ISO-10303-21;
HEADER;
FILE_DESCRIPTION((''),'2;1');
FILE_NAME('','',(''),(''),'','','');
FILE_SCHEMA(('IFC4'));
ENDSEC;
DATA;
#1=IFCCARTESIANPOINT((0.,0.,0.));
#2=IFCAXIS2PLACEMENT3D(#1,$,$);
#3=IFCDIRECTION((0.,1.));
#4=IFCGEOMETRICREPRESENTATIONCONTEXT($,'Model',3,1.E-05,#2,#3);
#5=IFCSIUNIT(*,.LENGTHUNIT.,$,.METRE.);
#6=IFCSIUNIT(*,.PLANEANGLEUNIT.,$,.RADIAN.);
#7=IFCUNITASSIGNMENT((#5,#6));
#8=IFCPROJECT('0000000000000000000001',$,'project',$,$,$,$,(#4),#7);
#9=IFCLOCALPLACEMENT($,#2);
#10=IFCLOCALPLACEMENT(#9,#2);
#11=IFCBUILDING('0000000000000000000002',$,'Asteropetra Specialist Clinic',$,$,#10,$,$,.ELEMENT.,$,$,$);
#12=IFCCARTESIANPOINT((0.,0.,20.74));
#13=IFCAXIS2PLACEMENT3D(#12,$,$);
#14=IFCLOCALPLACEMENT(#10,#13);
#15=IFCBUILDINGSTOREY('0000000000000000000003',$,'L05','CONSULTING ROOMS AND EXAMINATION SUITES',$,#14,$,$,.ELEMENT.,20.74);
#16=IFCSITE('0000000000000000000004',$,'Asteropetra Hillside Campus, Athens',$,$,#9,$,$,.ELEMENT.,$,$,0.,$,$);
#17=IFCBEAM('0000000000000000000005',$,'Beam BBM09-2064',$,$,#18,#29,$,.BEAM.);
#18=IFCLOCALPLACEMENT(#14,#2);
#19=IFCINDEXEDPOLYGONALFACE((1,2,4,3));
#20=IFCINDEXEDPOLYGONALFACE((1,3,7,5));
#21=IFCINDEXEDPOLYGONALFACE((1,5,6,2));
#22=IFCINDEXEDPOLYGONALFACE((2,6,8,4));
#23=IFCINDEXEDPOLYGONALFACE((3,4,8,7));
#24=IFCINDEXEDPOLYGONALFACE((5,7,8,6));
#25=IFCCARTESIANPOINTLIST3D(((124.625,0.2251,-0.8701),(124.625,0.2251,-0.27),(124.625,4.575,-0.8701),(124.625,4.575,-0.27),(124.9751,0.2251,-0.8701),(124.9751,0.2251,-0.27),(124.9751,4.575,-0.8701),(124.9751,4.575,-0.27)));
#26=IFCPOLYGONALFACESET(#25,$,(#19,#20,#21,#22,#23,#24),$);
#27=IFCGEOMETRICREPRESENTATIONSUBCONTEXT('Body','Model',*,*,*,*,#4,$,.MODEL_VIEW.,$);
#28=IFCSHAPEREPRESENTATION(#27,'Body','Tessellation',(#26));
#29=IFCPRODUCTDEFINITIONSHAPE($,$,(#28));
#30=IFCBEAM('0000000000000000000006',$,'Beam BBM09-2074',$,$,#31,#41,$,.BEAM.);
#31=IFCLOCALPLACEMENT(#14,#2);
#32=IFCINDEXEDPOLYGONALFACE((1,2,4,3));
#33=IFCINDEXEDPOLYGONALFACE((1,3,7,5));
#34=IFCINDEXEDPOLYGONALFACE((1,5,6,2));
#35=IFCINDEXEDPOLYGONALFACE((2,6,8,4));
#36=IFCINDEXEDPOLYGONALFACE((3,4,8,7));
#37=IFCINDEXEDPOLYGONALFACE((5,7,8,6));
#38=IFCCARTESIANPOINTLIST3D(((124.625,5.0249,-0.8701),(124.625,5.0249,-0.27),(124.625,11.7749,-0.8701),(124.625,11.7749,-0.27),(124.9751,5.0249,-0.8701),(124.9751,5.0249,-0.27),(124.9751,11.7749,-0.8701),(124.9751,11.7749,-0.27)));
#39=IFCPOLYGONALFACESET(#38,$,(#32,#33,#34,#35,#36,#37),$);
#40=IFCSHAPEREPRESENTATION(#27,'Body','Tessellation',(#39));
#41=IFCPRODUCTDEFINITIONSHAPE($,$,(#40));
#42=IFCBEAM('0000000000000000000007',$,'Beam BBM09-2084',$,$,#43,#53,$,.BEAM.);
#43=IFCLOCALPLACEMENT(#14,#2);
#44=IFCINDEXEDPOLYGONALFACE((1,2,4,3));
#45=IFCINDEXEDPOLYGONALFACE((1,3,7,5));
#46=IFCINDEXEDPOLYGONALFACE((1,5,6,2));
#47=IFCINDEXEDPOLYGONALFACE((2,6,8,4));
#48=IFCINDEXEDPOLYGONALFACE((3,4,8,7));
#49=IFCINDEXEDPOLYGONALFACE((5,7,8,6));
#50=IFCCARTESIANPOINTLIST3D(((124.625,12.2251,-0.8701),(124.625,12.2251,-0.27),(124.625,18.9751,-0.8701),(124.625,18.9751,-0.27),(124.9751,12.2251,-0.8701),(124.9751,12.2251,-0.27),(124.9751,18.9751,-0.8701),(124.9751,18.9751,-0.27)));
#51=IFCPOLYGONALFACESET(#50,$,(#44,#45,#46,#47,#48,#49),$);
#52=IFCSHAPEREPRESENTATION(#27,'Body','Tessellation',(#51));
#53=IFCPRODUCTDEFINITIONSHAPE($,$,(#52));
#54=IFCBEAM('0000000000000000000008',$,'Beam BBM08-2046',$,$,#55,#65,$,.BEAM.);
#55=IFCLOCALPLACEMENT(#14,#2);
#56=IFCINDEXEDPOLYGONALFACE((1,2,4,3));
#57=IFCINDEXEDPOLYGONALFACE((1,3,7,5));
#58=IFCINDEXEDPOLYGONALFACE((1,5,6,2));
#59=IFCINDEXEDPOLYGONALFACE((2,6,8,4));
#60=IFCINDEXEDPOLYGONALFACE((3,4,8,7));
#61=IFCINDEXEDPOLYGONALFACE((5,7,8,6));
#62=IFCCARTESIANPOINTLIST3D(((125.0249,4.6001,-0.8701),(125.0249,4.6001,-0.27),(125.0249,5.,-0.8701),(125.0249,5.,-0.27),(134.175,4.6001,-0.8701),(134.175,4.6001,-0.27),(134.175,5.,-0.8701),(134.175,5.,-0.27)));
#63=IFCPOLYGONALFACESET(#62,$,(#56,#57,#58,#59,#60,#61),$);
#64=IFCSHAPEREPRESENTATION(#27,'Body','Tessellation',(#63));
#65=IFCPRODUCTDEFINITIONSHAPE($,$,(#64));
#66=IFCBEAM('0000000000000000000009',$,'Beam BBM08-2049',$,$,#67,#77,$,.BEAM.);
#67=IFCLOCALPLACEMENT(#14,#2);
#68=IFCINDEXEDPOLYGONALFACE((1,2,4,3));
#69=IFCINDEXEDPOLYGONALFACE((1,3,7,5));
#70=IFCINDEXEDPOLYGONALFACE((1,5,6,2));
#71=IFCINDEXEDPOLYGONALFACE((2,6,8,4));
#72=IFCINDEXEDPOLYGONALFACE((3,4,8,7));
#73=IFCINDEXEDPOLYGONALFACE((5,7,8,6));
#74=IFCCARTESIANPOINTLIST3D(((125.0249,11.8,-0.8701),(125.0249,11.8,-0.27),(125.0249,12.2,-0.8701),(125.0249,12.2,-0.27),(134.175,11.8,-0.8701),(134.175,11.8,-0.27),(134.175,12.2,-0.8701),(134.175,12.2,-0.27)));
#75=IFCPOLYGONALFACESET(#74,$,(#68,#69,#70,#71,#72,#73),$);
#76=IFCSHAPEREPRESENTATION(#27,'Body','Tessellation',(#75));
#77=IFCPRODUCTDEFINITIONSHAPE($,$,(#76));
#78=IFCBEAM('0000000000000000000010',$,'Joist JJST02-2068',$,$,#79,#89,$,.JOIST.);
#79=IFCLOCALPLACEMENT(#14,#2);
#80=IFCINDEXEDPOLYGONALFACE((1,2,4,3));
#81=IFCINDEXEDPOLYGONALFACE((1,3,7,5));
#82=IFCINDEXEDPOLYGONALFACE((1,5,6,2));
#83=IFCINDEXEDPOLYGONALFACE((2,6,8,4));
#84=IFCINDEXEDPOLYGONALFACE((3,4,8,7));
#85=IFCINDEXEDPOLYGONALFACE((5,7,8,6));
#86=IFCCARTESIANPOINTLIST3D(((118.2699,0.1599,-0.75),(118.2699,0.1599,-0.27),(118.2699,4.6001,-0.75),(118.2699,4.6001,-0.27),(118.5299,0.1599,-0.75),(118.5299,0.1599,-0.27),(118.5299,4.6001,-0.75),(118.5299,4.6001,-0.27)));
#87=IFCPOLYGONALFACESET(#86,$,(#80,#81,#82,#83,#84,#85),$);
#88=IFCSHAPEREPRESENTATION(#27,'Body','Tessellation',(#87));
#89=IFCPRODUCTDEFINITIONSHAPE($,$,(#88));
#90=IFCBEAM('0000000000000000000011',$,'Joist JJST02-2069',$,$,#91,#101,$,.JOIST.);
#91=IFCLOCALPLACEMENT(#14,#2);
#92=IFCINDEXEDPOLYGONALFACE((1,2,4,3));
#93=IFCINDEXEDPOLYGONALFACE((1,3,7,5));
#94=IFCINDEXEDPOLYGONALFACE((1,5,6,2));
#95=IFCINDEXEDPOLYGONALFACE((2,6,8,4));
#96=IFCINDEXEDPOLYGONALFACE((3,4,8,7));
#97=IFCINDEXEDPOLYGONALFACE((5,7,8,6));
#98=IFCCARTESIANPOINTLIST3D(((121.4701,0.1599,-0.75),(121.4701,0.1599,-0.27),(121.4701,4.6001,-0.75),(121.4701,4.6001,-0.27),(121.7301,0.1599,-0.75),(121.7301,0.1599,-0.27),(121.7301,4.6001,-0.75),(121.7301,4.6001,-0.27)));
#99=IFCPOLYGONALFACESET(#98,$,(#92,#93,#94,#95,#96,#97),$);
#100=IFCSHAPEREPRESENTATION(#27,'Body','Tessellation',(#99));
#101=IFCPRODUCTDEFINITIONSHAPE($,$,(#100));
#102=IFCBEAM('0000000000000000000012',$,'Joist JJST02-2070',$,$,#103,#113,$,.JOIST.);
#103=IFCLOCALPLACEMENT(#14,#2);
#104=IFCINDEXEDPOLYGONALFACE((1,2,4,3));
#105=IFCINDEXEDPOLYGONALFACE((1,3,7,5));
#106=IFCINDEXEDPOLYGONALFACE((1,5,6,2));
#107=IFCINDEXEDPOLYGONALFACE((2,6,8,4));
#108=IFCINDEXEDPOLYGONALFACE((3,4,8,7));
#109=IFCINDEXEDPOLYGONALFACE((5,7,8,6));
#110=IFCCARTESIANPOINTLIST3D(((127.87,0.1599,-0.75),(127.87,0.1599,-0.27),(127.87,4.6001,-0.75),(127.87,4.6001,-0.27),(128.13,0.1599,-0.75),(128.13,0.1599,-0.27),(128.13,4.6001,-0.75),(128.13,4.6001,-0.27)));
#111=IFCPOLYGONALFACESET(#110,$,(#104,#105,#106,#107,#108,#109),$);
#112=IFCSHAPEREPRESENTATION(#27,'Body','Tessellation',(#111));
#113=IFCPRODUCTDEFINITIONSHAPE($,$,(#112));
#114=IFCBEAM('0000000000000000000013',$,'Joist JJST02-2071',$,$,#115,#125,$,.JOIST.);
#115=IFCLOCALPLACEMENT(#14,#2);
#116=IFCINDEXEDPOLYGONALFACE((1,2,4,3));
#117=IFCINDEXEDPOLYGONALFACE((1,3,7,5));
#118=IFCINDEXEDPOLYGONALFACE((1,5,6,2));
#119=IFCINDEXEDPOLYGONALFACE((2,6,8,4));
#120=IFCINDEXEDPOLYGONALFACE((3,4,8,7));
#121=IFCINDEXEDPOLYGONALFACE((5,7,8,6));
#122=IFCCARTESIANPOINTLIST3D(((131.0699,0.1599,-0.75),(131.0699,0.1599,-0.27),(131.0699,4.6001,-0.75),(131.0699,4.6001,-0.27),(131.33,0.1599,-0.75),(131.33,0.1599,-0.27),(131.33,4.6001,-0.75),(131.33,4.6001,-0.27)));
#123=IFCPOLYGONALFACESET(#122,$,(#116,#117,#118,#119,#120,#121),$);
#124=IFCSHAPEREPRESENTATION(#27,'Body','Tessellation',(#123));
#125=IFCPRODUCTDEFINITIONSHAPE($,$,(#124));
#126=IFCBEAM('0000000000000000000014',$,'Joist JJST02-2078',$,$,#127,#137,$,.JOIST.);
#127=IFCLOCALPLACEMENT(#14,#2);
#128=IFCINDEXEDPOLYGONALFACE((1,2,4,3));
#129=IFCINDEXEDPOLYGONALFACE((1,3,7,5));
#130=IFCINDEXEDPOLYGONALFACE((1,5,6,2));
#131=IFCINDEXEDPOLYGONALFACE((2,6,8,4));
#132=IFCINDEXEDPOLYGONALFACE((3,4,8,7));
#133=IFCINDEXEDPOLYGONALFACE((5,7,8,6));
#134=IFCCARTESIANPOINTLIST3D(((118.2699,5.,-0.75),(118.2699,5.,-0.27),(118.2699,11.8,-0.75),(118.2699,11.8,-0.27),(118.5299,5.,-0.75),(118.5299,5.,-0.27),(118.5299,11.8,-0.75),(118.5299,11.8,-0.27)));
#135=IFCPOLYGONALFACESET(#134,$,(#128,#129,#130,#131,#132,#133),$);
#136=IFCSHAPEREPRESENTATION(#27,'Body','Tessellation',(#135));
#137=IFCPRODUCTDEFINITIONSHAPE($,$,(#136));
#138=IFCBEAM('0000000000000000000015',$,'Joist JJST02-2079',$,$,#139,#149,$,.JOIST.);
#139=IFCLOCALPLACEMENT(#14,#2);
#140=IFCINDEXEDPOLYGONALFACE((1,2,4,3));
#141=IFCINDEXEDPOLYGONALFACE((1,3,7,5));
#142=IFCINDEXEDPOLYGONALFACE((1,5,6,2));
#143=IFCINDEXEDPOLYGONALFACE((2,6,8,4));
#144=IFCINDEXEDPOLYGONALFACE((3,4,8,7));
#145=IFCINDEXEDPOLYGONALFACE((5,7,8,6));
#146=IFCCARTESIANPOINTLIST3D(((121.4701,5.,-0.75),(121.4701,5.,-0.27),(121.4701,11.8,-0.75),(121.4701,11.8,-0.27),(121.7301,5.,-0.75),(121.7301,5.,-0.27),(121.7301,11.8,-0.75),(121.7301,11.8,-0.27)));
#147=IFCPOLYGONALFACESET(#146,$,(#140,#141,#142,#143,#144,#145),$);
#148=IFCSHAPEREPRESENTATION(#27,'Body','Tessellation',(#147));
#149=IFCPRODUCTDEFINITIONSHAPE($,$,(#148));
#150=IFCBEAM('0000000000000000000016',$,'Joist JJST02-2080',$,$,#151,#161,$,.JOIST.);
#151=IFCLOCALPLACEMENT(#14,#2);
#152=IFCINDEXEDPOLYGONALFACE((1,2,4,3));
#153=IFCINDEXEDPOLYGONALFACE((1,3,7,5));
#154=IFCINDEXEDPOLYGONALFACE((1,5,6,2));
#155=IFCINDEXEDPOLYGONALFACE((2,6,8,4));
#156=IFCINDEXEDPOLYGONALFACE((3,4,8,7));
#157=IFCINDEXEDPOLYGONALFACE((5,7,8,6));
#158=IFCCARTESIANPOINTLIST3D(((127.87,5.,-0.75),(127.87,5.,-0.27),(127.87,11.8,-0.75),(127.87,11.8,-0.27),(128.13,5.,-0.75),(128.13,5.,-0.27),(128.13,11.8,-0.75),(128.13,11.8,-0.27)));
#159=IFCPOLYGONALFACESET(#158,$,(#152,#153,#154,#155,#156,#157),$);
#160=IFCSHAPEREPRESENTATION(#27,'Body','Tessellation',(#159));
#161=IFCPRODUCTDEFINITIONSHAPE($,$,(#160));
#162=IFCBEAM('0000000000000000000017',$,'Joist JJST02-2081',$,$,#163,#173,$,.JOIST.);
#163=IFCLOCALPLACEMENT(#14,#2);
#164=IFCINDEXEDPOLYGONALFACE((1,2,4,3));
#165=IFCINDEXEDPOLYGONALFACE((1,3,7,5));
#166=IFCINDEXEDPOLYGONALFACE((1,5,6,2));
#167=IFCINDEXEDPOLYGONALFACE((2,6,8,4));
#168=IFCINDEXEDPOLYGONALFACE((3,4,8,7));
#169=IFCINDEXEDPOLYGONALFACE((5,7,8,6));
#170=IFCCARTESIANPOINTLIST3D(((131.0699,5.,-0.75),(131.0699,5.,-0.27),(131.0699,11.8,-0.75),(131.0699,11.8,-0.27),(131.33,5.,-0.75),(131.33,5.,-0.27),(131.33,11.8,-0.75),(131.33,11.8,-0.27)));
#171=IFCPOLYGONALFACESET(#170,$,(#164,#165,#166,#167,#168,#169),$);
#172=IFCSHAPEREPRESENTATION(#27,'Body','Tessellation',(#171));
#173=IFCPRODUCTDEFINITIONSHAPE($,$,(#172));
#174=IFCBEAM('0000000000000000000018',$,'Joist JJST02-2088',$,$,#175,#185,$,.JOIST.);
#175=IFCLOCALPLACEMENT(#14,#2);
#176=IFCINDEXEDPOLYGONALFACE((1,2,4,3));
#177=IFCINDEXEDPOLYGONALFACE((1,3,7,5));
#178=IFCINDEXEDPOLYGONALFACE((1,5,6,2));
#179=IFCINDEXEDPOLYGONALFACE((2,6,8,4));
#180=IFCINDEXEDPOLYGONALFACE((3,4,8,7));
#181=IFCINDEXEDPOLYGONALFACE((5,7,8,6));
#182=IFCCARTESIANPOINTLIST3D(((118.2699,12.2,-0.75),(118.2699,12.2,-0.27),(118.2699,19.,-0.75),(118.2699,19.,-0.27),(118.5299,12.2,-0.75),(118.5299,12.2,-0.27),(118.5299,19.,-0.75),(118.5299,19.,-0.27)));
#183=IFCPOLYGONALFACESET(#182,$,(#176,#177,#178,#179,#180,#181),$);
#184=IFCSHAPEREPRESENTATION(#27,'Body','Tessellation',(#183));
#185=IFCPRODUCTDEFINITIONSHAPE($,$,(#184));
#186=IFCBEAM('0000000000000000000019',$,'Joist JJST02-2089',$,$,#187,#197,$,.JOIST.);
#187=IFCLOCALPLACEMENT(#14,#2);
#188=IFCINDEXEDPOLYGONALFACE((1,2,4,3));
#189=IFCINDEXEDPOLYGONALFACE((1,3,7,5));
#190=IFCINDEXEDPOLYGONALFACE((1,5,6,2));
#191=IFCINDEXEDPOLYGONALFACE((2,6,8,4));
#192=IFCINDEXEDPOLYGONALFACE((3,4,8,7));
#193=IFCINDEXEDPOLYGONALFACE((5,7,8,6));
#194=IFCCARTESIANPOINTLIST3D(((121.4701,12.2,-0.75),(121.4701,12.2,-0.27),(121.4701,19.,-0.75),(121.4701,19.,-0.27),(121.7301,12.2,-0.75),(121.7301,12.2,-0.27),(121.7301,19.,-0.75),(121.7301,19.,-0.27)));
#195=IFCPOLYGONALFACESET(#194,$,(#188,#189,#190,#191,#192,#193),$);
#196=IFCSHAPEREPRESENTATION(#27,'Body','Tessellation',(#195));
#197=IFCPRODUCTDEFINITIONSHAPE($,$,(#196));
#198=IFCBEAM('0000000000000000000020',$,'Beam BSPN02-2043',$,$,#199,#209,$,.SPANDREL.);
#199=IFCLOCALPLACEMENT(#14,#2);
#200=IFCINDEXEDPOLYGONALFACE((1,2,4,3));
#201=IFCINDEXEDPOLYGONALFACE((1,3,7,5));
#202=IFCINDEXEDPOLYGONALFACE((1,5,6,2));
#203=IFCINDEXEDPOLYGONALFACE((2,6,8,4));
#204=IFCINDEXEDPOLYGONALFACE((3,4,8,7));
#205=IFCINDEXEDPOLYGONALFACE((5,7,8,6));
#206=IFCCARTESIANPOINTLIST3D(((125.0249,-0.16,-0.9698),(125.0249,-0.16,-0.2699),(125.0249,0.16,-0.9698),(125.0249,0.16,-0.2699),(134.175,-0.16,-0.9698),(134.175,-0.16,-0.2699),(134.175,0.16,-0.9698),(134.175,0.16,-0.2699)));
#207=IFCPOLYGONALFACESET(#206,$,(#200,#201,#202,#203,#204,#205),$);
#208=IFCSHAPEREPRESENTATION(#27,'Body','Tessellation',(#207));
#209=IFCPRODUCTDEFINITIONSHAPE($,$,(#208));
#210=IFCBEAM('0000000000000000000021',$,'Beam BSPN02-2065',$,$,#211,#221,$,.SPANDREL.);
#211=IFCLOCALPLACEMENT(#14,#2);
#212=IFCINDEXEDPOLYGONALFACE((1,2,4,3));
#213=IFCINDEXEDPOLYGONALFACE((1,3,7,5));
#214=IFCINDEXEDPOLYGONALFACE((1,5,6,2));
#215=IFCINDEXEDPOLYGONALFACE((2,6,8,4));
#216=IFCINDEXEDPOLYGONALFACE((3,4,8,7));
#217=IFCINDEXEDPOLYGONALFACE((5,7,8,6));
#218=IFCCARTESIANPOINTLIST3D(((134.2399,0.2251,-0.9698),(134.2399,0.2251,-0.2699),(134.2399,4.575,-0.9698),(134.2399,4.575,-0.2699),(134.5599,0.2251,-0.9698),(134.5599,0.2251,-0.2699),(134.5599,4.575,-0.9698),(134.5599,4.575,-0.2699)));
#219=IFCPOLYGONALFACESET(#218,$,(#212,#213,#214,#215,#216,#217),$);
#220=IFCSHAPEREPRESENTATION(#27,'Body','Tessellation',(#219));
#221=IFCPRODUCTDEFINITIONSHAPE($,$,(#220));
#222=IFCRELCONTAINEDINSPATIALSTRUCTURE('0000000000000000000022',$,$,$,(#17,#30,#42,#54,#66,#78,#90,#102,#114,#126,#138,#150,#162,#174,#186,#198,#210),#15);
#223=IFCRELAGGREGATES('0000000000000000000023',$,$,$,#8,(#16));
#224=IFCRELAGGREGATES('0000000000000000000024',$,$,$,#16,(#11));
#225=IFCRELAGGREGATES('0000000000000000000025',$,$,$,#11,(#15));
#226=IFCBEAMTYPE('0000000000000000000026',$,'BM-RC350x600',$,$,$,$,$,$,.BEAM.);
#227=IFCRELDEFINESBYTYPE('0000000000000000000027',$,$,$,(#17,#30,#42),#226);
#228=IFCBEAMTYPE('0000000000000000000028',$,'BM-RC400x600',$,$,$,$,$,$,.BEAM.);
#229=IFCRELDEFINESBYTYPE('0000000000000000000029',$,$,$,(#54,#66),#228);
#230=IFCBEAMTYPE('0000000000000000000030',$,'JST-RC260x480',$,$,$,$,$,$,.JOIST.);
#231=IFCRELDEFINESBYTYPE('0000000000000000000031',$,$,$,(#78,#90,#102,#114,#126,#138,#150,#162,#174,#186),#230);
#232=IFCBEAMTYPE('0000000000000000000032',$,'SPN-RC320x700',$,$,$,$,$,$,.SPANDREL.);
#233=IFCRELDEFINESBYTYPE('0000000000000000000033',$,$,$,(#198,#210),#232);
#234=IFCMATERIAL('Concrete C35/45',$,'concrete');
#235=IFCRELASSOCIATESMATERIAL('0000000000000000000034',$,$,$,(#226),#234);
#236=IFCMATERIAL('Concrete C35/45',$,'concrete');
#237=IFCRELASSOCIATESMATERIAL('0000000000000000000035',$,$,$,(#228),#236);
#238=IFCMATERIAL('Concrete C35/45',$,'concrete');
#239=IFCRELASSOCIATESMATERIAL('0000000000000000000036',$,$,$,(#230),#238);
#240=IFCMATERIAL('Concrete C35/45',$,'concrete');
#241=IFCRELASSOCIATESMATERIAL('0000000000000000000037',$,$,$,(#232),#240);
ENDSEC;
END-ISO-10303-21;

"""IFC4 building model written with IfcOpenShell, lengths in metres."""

from ifc_helpers import new_model, si_unit, direction, frame, origin, origin_2d, place, context, subcontext, project, spatial, rectangle, extrude, material, material_profile, profile_set, type_object, element, save


model = new_model("IFC4")

# Units and contexts
model_context = context("Model", 3, precision=1e-05, world=origin(), true_north=direction((0.0, 1.0)))
body_context = subcontext(model_context, "Body", "Model", "MODEL_VIEW")
ifc_project = project(units=[si_unit("LENGTHUNIT", "METRE"), si_unit("PLANEANGLEUNIT", "RADIAN")], contexts=[model_context])

# Site, building, storey
site_placement = place(None, origin())
site = spatial("IfcSite", under=ifc_project, at=site_placement, Name="Asteropetra Hillside Campus, Athens", CompositionType="ELEMENT", RefElevation=0.0)
building_placement = place(site_placement, origin())
building = spatial("IfcBuilding", under=site, at=building_placement, Name="Asteropetra Specialist Clinic", CompositionType="ELEMENT")
storey_placement = place(building_placement, frame((0.0, 0.0, 20.74)))
storey = spatial("IfcBuildingStorey", under=building, at=storey_placement, Name="L05", Description="CONSULTING ROOMS AND EXAMINATION SUITES", CompositionType="ELEMENT", Elevation=20.74)

# Beams
ifc_material_1 = material(Name="Concrete C35/45", Category="concrete")
ifc_material_profile_1 = material_profile(ifc_material_1, rectangle(XDim=0.3501, YDim=0.6001, at=origin_2d()), Name="RCB 350x600")
ifc_profile_set_1 = profile_set([ifc_material_profile_1], Name="Concrete C35/45")
beam_type_1 = type_object("IfcBeamType", Name="BM-RC350x600", PredefinedType="BEAM", material=ifc_profile_set_1)
beam_1_placement = place(storey_placement, frame((124.8, 0.2251, -0.5701), z_axis=(0.0, 1.0, 0.0), x_axis=(-1.0, 0.0, 0.0)))
element("IfcBeam", 1, at=beam_1_placement, inside=storey, type_object=beam_type_1, Name="Beam BBM09-2064", PredefinedType="BEAM", context=body_context, shape_type="SweptSolid", body=[
    extrude(rectangle(XDim=0.3501, YDim=0.6001, at=origin_2d()), origin(), (0.0, 0.0, 1.0), 4.3499),
])
for number, where, z_axis, x_axis, name in (
    (2, (124.8, 5.0249, -0.5701), (0.0, 1.0, 0.0), (-1.0, 0.0, 0.0), "Beam BBM09-2074"),
    (3, (124.8, 12.2251, -0.5701), (0.0, 1.0, 0.0), (-1.0, 0.0, 0.0), "Beam BBM09-2084"),
):
    element("IfcBeam", number, at=place(storey_placement, frame(where, z_axis=z_axis, x_axis=x_axis)), inside=storey, type_object=beam_type_1, Name=name, PredefinedType="BEAM", context=body_context, shape_type="SweptSolid", body=[
        extrude(rectangle(XDim=0.3501, YDim=0.6001, at=origin_2d()), origin(), (0.0, 0.0, 1.0), 6.75),
    ])
ifc_material_2 = material(Name="Concrete C35/45", Category="concrete")
ifc_material_profile_2 = material_profile(ifc_material_2, rectangle(XDim=0.3999, YDim=0.6001, at=origin_2d()), Name="RCB 400x600")
ifc_profile_set_2 = profile_set([ifc_material_profile_2], Name="Concrete C35/45")
beam_type_2 = type_object("IfcBeamType", Name="BM-RC400x600", PredefinedType="BEAM", material=ifc_profile_set_2)
for number, where, z_axis, x_axis, name in (
    (4, (125.0249, 4.8, -0.5701), (1.0, 0.0, 0.0), (0.0, 1.0, 0.0), "Beam BBM08-2046"),
    (5, (125.0249, 12.0, -0.5701), (1.0, 0.0, 0.0), (0.0, 1.0, 0.0), "Beam BBM08-2049"),
):
    element("IfcBeam", number, at=place(storey_placement, frame(where, z_axis=z_axis, x_axis=x_axis)), inside=storey, type_object=beam_type_2, Name=name, PredefinedType="BEAM", context=body_context, shape_type="SweptSolid", body=[
        extrude(rectangle(XDim=0.3999, YDim=0.6001, at=origin_2d()), origin(), (0.0, 0.0, 1.0), 9.1501),
    ])
ifc_material_3 = material(Name="Concrete C35/45", Category="concrete")
ifc_material_profile_3 = material_profile(ifc_material_3, rectangle(XDim=0.26, YDim=0.48, at=origin_2d()), Name="RCJ 260x480")
ifc_profile_set_3 = profile_set([ifc_material_profile_3], Name="Concrete C35/45")
beam_type_3 = type_object("IfcBeamType", Name="JST-RC260x480", PredefinedType="JOIST", material=ifc_profile_set_3)
for number, where, z_axis, x_axis, name in (
    (6, (118.3999, 0.1599, -0.51), (0.0, 1.0, 0.0), (-1.0, 0.0, 0.0), "Joist JJST02-2068"),
    (7, (121.6001, 0.1599, -0.51), (0.0, 1.0, 0.0), (-1.0, 0.0, 0.0), "Joist JJST02-2069"),
    (8, (128.0, 0.1599, -0.51), (0.0, 1.0, 0.0), (-1.0, 0.0, 0.0), "Joist JJST02-2070"),
    (9, (131.2, 0.1599, -0.51), (0.0, 1.0, 0.0), (-1.0, 0.0, 0.0), "Joist JJST02-2071"),
):
    element("IfcBeam", number, at=place(storey_placement, frame(where, z_axis=z_axis, x_axis=x_axis)), inside=storey, type_object=beam_type_3, Name=name, PredefinedType="JOIST", context=body_context, shape_type="SweptSolid", body=[
        extrude(rectangle(XDim=0.26, YDim=0.48, at=origin_2d()), origin(), (0.0, 0.0, 1.0), 4.4402),
    ])
for number, where, z_axis, x_axis, name in (
    (10, (118.3999, 5.0, -0.51), (0.0, 1.0, 0.0), (-1.0, 0.0, 0.0), "Joist JJST02-2078"),
    (11, (121.6001, 5.0, -0.51), (0.0, 1.0, 0.0), (-1.0, 0.0, 0.0), "Joist JJST02-2079"),
    (12, (128.0, 5.0, -0.51), (0.0, 1.0, 0.0), (-1.0, 0.0, 0.0), "Joist JJST02-2080"),
    (13, (131.2, 5.0, -0.51), (0.0, 1.0, 0.0), (-1.0, 0.0, 0.0), "Joist JJST02-2081"),
    (14, (118.3999, 12.2, -0.51), (0.0, 1.0, 0.0), (-1.0, 0.0, 0.0), "Joist JJST02-2088"),
    (15, (121.6001, 12.2, -0.51), (0.0, 1.0, 0.0), (-1.0, 0.0, 0.0), "Joist JJST02-2089"),
):
    element("IfcBeam", number, at=place(storey_placement, frame(where, z_axis=z_axis, x_axis=x_axis)), inside=storey, type_object=beam_type_3, Name=name, PredefinedType="JOIST", context=body_context, shape_type="SweptSolid", body=[
        extrude(rectangle(XDim=0.26, YDim=0.48, at=origin_2d()), origin(), (0.0, 0.0, 1.0), 6.8),
    ])
ifc_material_4 = material(Name="Concrete C35/45", Category="concrete")
ifc_material_profile_4 = material_profile(ifc_material_4, rectangle(XDim=0.3201, YDim=0.7, at=origin_2d()), Name="RCS 320x700")
ifc_profile_set_4 = profile_set([ifc_material_profile_4], Name="Concrete C35/45")
beam_type_4 = type_object("IfcBeamType", Name="SPN-RC320x700", PredefinedType="SPANDREL", material=ifc_profile_set_4)
beam_2_placement = place(storey_placement, frame((125.0249, 0.0, -0.6199), z_axis=(1.0, 0.0, 0.0), x_axis=(0.0, 1.0, 0.0)))
element("IfcBeam", 16, at=beam_2_placement, inside=storey, type_object=beam_type_4, Name="Beam BSPN02-2043", PredefinedType="SPANDREL", context=body_context, shape_type="SweptSolid", body=[
    extrude(rectangle(XDim=0.3201, YDim=0.7, at=origin_2d()), origin(), (0.0, 0.0, 1.0), 9.1501),
])
beam_3_placement = place(storey_placement, frame((134.3999, 0.2251, -0.6199), z_axis=(0.0, 1.0, 0.0), x_axis=(-1.0, 0.0, 0.0)))
element("IfcBeam", 17, at=beam_3_placement, inside=storey, type_object=beam_type_4, Name="Beam BSPN02-2065", PredefinedType="SPANDREL", context=body_context, shape_type="SweptSolid", body=[
    extrude(rectangle(XDim=0.3201, YDim=0.7, at=origin_2d()), origin(), (0.0, 0.0, 1.0), 4.3499),
])

save(model, "model.ifc")
